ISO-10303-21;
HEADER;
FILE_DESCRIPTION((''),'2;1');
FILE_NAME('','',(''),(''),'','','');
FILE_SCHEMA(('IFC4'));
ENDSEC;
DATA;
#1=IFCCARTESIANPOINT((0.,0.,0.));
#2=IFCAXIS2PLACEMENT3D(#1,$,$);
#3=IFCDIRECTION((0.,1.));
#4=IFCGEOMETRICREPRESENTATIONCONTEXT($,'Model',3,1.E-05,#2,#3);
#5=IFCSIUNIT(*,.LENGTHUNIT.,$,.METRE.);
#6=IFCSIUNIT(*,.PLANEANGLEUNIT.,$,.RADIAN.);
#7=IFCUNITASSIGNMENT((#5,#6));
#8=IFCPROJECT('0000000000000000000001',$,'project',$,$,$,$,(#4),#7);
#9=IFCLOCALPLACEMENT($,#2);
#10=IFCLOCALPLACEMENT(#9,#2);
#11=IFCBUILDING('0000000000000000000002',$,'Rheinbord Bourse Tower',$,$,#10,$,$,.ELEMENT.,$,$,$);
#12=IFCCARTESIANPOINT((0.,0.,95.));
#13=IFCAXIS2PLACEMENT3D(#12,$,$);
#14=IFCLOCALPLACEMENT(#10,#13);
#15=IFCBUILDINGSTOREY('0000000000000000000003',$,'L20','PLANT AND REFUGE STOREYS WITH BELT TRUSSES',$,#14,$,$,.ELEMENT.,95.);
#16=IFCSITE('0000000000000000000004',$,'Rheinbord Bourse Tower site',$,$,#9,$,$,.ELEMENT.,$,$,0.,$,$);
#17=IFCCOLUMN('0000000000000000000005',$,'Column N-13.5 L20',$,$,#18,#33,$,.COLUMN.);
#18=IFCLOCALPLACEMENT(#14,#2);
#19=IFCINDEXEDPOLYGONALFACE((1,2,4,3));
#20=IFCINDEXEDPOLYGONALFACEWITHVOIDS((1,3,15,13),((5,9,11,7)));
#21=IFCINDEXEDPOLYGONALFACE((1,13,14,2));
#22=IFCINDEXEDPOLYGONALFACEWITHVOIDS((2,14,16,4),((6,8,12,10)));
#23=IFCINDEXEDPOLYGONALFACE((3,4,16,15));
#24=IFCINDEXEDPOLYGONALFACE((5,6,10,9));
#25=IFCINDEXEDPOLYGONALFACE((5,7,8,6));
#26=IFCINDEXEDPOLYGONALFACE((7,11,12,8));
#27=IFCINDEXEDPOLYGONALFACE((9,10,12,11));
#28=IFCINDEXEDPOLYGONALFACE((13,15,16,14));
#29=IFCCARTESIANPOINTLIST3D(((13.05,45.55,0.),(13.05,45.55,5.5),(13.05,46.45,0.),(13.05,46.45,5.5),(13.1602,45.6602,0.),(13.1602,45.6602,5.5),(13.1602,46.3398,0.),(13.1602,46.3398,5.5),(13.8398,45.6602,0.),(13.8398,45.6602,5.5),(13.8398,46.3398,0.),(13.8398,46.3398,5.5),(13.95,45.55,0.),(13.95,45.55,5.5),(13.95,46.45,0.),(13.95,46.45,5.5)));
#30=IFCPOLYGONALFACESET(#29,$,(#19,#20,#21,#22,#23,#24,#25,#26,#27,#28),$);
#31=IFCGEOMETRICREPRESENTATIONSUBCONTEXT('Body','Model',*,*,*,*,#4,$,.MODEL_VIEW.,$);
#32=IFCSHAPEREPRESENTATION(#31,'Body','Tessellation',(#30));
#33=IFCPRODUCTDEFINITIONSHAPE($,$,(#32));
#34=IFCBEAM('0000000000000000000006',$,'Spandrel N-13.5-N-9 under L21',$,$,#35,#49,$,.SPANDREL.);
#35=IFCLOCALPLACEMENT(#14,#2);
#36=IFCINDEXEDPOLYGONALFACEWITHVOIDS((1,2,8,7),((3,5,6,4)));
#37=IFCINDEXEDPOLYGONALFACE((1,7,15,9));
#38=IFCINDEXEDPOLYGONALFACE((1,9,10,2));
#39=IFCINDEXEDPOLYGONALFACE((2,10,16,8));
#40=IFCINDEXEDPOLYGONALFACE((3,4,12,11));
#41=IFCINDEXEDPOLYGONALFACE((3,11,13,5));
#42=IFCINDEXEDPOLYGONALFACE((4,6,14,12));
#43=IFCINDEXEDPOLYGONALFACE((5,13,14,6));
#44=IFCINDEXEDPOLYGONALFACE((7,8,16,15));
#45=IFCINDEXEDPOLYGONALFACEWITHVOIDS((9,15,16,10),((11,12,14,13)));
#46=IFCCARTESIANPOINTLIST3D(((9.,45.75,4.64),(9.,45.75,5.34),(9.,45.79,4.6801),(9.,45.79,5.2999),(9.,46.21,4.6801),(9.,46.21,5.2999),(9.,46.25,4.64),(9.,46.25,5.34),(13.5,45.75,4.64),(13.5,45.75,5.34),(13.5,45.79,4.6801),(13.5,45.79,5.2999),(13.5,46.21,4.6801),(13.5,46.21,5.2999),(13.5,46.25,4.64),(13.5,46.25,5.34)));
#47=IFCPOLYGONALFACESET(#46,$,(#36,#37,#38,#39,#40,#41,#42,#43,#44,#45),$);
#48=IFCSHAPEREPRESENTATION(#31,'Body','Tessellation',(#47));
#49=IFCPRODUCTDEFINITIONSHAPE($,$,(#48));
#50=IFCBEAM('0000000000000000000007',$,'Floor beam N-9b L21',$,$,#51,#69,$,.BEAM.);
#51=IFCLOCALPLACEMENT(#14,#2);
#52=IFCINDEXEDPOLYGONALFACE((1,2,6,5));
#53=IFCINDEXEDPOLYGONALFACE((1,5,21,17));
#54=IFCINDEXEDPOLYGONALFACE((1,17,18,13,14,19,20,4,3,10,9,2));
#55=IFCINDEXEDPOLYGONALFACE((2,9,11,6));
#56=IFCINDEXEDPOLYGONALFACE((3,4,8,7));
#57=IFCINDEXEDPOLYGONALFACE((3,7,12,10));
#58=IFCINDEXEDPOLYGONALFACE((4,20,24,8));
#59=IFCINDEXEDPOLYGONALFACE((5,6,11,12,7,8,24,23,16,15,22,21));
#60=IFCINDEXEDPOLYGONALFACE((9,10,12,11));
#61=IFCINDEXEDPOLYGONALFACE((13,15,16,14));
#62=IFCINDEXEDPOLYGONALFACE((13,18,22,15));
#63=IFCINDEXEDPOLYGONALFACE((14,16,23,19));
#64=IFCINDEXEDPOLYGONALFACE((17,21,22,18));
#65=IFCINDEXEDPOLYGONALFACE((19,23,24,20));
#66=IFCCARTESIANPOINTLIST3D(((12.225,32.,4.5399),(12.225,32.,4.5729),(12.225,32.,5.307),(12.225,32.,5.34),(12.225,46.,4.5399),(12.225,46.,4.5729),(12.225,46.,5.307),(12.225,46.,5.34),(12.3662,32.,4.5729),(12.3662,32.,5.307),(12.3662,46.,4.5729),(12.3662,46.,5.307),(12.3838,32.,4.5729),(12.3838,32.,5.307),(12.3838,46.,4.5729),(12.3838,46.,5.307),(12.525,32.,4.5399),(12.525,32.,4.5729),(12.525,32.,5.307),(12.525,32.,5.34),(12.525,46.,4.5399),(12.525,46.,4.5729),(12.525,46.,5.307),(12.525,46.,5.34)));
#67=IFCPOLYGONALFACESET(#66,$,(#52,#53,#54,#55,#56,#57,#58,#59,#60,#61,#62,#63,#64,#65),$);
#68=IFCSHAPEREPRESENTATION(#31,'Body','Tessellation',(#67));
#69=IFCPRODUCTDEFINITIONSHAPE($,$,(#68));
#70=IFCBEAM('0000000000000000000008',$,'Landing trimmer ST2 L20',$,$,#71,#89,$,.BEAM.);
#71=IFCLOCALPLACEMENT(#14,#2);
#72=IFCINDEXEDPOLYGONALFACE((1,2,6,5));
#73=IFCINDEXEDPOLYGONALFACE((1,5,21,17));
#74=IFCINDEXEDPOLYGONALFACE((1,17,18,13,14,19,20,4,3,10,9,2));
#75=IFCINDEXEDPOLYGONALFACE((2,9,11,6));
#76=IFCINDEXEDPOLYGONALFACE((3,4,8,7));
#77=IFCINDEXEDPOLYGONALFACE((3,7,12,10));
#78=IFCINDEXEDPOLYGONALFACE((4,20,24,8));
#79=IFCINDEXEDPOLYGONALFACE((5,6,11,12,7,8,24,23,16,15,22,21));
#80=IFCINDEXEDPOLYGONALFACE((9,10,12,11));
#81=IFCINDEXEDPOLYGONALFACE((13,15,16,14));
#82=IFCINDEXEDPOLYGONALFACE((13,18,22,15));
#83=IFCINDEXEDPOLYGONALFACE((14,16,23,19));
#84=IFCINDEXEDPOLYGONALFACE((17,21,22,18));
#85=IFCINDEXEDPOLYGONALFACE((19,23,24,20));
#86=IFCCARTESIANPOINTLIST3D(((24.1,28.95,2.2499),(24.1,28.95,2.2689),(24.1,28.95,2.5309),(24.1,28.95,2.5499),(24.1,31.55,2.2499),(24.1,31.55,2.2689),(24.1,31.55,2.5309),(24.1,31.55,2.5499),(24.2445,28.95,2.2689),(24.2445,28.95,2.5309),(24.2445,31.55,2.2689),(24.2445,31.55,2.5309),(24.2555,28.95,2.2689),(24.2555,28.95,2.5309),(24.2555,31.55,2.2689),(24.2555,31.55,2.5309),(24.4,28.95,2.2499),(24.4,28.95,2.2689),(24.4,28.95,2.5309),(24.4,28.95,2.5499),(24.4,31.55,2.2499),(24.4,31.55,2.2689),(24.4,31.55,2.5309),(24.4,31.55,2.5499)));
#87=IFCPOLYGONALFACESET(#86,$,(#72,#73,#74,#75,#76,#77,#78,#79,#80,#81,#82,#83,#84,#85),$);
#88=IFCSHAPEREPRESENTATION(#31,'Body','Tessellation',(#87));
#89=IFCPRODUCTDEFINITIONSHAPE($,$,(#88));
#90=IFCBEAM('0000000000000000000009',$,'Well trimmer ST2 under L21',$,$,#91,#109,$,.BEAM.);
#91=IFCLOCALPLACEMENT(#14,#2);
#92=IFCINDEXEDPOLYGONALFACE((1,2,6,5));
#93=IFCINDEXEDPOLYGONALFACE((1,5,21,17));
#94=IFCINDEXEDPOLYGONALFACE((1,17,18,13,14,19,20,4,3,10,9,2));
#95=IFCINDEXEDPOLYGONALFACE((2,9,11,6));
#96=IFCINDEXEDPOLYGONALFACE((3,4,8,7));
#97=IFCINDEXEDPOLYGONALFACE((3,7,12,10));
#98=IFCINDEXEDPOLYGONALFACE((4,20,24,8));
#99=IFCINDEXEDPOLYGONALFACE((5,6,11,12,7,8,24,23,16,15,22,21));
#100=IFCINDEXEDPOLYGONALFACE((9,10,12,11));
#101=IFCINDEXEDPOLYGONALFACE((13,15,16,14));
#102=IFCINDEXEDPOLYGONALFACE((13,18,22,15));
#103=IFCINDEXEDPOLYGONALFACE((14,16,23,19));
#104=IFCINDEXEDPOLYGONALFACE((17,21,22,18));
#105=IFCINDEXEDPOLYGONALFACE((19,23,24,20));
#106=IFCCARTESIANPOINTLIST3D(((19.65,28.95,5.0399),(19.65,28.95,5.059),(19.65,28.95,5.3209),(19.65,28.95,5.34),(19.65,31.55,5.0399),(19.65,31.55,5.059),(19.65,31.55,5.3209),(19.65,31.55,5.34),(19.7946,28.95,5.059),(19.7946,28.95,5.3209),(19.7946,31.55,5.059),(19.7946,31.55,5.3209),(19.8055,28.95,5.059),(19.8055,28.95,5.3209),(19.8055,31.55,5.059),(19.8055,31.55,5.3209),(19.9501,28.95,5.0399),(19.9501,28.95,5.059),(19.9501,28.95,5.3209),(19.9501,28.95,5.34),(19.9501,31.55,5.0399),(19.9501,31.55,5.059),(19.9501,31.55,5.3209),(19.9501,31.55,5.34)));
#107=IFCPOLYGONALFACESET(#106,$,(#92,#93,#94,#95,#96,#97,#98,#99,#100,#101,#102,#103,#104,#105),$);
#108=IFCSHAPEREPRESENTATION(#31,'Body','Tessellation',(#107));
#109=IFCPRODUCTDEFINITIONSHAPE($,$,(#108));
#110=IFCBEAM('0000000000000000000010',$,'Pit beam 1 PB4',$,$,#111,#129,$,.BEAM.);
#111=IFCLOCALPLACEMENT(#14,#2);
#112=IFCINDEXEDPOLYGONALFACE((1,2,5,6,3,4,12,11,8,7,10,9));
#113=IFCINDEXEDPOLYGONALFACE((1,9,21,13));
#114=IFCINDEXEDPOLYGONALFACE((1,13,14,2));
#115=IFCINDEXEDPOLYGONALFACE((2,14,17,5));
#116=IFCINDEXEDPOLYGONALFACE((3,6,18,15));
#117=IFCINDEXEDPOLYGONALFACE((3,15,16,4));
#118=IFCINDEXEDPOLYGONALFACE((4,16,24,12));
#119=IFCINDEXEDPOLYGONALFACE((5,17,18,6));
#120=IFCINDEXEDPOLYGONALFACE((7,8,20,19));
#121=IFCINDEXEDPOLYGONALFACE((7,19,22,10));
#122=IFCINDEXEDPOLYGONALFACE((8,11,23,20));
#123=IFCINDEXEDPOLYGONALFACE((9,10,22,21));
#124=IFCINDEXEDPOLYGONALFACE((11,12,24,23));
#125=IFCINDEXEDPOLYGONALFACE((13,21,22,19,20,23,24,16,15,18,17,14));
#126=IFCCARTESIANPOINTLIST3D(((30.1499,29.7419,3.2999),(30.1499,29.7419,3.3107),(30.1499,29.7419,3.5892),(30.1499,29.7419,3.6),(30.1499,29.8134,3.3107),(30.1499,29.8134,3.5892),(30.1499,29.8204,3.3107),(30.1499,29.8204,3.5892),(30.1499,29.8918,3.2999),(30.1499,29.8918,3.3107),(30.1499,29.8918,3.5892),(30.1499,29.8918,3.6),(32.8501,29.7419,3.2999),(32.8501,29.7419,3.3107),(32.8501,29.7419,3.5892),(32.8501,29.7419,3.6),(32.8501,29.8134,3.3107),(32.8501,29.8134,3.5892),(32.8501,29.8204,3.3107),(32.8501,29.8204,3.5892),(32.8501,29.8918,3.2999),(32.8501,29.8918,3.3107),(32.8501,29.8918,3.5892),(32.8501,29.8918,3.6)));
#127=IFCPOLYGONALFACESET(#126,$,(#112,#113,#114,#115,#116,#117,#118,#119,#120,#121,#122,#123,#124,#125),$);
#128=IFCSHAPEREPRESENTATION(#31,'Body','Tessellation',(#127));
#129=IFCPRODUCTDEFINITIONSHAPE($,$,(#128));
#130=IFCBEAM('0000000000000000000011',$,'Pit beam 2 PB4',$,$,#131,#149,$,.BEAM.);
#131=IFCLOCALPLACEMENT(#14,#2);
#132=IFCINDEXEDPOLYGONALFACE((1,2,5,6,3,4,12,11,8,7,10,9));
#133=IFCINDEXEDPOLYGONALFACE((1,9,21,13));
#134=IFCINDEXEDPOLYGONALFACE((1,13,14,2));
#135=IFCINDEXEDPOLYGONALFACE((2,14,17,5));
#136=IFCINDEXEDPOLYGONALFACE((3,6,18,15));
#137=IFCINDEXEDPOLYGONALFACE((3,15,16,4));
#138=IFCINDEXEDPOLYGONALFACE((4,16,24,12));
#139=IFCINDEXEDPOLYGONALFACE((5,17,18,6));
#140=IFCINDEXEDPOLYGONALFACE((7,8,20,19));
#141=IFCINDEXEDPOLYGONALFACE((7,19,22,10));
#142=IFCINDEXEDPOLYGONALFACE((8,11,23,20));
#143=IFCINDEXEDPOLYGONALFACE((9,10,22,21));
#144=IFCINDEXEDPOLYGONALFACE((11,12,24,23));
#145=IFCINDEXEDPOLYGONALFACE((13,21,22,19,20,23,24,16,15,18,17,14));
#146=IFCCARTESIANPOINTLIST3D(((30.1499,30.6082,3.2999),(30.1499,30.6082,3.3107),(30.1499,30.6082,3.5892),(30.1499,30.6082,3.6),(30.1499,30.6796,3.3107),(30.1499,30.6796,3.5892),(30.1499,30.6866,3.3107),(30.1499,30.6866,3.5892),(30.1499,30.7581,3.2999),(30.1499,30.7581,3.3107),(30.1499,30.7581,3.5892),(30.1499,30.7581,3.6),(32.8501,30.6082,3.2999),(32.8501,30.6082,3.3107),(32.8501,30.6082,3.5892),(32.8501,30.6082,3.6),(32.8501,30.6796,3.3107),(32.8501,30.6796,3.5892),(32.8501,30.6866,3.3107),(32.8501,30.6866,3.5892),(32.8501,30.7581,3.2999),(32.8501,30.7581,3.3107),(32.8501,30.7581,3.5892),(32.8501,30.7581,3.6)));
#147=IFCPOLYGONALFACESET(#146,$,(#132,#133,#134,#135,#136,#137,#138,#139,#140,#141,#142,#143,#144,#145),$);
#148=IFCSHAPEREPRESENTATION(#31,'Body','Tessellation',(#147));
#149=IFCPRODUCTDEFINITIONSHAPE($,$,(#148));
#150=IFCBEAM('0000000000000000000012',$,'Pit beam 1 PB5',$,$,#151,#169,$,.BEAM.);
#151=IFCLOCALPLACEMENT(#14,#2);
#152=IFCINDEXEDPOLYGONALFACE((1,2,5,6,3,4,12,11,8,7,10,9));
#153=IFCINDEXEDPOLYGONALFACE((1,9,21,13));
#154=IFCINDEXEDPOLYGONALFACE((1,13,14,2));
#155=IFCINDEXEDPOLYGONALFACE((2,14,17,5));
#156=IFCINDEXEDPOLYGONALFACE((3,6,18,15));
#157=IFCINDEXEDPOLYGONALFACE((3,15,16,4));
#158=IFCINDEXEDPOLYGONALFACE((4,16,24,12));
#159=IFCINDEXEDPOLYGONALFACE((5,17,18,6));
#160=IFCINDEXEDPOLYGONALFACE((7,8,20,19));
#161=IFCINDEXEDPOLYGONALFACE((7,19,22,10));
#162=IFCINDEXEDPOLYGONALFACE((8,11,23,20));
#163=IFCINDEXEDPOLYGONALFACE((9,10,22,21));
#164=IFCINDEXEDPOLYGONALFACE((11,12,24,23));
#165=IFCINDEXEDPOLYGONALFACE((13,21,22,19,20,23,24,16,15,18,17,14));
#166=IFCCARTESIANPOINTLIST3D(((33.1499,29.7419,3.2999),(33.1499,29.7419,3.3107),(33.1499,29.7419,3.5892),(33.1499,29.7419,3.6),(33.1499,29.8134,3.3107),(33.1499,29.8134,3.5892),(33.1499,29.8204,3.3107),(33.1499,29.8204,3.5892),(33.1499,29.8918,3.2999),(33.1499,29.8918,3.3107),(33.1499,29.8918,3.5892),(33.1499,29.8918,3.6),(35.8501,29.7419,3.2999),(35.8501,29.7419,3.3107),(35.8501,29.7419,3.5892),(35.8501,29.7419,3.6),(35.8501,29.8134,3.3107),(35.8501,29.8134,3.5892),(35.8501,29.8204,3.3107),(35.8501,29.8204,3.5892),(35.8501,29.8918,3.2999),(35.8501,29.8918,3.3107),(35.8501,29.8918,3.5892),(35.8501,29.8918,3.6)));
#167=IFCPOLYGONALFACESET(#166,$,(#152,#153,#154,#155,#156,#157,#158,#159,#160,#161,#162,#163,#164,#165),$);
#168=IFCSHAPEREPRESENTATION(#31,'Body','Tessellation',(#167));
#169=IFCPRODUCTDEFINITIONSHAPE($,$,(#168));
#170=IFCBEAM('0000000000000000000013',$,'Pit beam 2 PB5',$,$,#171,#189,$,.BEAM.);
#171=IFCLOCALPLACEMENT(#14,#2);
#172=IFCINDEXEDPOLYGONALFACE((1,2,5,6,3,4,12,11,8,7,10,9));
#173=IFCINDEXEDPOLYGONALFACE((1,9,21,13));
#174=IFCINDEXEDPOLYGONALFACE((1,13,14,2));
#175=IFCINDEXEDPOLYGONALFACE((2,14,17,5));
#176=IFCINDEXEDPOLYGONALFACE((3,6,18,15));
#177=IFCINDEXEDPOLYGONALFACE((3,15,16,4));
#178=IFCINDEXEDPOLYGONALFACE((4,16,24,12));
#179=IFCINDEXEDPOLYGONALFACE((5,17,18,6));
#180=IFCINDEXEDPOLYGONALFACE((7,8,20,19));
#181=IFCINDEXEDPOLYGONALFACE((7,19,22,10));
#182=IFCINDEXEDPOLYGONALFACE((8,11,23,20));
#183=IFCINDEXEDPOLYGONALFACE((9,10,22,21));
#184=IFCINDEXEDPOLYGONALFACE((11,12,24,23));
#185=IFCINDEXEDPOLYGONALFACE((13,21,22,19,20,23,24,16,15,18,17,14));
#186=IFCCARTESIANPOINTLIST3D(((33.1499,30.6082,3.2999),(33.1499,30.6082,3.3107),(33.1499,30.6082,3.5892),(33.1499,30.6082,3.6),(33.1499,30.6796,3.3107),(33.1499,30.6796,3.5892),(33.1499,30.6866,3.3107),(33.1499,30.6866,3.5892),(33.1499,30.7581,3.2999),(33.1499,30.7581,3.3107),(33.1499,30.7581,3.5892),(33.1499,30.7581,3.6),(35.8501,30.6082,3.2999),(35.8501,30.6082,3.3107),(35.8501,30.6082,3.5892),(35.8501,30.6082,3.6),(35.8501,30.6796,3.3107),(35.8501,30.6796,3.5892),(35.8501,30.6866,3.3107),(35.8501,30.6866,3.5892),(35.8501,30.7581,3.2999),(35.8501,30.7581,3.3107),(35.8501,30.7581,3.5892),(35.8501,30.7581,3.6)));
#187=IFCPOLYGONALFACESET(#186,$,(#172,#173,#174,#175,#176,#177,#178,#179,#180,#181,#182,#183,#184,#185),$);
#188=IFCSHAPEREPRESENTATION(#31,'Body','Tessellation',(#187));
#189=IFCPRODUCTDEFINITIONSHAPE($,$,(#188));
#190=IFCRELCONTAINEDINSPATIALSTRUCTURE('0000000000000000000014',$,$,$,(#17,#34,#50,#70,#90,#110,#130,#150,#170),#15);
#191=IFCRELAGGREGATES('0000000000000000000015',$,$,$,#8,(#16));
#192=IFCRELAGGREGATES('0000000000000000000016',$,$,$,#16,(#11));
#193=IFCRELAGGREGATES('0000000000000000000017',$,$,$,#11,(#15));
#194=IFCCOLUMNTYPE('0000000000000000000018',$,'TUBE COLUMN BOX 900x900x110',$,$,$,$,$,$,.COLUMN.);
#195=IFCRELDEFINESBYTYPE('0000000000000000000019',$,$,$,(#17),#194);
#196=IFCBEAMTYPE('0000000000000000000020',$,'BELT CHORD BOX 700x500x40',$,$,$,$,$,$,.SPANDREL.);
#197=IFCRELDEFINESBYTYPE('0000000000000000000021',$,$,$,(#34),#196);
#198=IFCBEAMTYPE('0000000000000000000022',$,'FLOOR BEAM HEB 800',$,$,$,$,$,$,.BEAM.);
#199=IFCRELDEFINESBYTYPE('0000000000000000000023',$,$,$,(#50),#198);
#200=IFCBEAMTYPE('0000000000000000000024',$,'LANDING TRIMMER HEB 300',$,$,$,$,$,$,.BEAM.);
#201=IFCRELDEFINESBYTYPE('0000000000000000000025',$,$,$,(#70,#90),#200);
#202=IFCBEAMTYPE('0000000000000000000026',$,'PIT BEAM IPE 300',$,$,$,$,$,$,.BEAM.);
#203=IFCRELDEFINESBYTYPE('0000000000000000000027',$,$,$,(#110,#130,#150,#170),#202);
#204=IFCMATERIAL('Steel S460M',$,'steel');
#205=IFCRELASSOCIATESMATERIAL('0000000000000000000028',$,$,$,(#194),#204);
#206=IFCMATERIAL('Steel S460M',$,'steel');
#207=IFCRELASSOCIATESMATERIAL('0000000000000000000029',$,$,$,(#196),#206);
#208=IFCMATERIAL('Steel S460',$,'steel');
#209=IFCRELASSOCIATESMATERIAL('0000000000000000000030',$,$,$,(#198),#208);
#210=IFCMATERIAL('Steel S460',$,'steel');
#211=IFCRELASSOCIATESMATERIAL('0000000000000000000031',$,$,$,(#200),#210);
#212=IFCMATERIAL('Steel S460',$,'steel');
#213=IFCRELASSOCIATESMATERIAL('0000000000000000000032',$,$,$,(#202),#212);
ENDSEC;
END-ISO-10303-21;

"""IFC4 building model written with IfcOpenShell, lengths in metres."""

from ifc_helpers import new_model, si_unit, direction, frame, origin, origin_2d, place, context, subcontext, project, spatial, hollow_rectangle, i_section, extrude, material, material_profile, profile_set, type_object, element, save


model = new_model("IFC4")

# Units and contexts
model_context = context("Model", 3, precision=1e-05, world=origin(), true_north=direction((0.0, 1.0)))
body_context = subcontext(model_context, "Body", "Model", "MODEL_VIEW")
ifc_project = project(units=[si_unit("LENGTHUNIT", "METRE"), si_unit("PLANEANGLEUNIT", "RADIAN")], contexts=[model_context])

# Site, building, storey
site_placement = place(None, origin())
site = spatial("IfcSite", under=ifc_project, at=site_placement, Name="Rheinbord Bourse Tower site", CompositionType="ELEMENT", RefElevation=0.0)
building_placement = place(site_placement, origin())
building = spatial("IfcBuilding", under=site, at=building_placement, Name="Rheinbord Bourse Tower", CompositionType="ELEMENT")
storey_placement = place(building_placement, frame((0.0, 0.0, 95.0)))
storey = spatial("IfcBuildingStorey", under=building, at=storey_placement, Name="L20", Description="PLANT AND REFUGE STOREYS WITH BELT TRUSSES", CompositionType="ELEMENT", Elevation=95.0)

# Column
ifc_material_1 = material(Name="Steel S460M", Category="steel")
ifc_material_profile_1 = material_profile(ifc_material_1, hollow_rectangle(XDim=0.8999, YDim=0.8999, WallThickness=0.1101, at=origin_2d()), Name="BOX 900x900x110")
ifc_profile_set_1 = profile_set([ifc_material_profile_1], Name="Steel S460M")
column_type = type_object("IfcColumnType", Name="TUBE COLUMN BOX 900x900x110", PredefinedType="COLUMN", material=ifc_profile_set_1)
column_placement = place(storey_placement, frame((13.5, 46.0, 0.0), z_axis=(0.0, 0.0, 1.0), x_axis=(0.0, 1.0, 0.0)))
element("IfcColumn", 1, at=column_placement, inside=storey, type_object=column_type, Name="Column N-13.5 L20", PredefinedType="COLUMN", context=body_context, shape_type="SweptSolid", body=[
    extrude(hollow_rectangle(XDim=0.8999, YDim=0.8999, WallThickness=0.1101, at=origin_2d()), origin(), (0.0, 0.0, 1.0), 5.5),
])

# Beams
ifc_material_2 = material(Name="Steel S460M", Category="steel")
ifc_material_profile_2 = material_profile(ifc_material_2, hollow_rectangle(XDim=0.5, YDim=0.7, WallThickness=0.04, at=origin_2d()), Name="BOX 700x500x40")
ifc_profile_set_2 = profile_set([ifc_material_profile_2], Name="Steel S460M")
beam_type_1 = type_object("IfcBeamType", Name="BELT CHORD BOX 700x500x40", PredefinedType="SPANDREL", material=ifc_profile_set_2)
beam_1_placement = place(storey_placement, frame((13.5, 46.0, 4.99), z_axis=(-1.0, 0.0, 0.0), x_axis=(0.0, -1.0, 0.0)))
element("IfcBeam", 2, at=beam_1_placement, inside=storey, type_object=beam_type_1, Name="Spandrel N-13.5-N-9 under L21", PredefinedType="SPANDREL", context=body_context, shape_type="SweptSolid", body=[
    extrude(hollow_rectangle(XDim=0.5, YDim=0.7, WallThickness=0.04, at=origin_2d()), origin(), (0.0, 0.0, 1.0), 4.5),
])
ifc_material_3 = material(Name="Steel S460", Category="steel")
ifc_material_profile_3 = material_profile(ifc_material_3, i_section(OverallWidth=0.3, OverallDepth=0.8, WebThickness=0.0176, FlangeThickness=0.033, at=origin_2d()), Name="HEB 800")
ifc_profile_set_3 = profile_set([ifc_material_profile_3], Name="Steel S460")
beam_type_2 = type_object("IfcBeamType", Name="FLOOR BEAM HEB 800", PredefinedType="BEAM", material=ifc_profile_set_3)
beam_2_placement = place(storey_placement, frame((12.375, 46.0, 4.9399), z_axis=(0.0, -1.0, 0.0), x_axis=(1.0, 0.0, 0.0)))
element("IfcBeam", 3, at=beam_2_placement, inside=storey, type_object=beam_type_2, Name="Floor beam N-9b L21", PredefinedType="BEAM", context=body_context, shape_type="SweptSolid", body=[
    extrude(i_section(OverallWidth=0.3, OverallDepth=0.8, WebThickness=0.0176, FlangeThickness=0.033, at=origin_2d()), origin(), (0.0, 0.0, 1.0), 14.0),
])
ifc_material_4 = material(Name="Steel S460", Category="steel")
ifc_material_profile_4 = material_profile(ifc_material_4, i_section(OverallWidth=0.3, OverallDepth=0.3, WebThickness=0.011, FlangeThickness=0.019, at=origin_2d()), Name="HEB 300")
ifc_profile_set_4 = profile_set([ifc_material_profile_4], Name="Steel S460")
beam_type_3 = type_object("IfcBeamType", Name="LANDING TRIMMER HEB 300", PredefinedType="BEAM", material=ifc_profile_set_4)
for number, where, z_axis, x_axis, name in (
    (4, (24.25, 28.95, 2.3999), (0.0, 1.0, 0.0), (-1.0, 0.0, 0.0), "Landing trimmer ST2 L20"),
    (5, (19.8, 28.95, 5.1899), (0.0, 1.0, 0.0), (-1.0, 0.0, 0.0), "Well trimmer ST2 under L21"),
):
    element("IfcBeam", number, at=place(storey_placement, frame(where, z_axis=z_axis, x_axis=x_axis)), inside=storey, type_object=beam_type_3, Name=name, PredefinedType="BEAM", context=body_context, shape_type="SweptSolid", body=[
        extrude(i_section(OverallWidth=0.3, OverallDepth=0.3, WebThickness=0.011, FlangeThickness=0.019, at=origin_2d()), origin(), (0.0, 0.0, 1.0), 2.6001),
    ])
ifc_material_5 = material(Name="Steel S460", Category="steel")
ifc_material_profile_5 = material_profile(ifc_material_5, i_section(OverallWidth=0.1499, OverallDepth=0.3, WebThickness=0.0071, FlangeThickness=0.0107, at=origin_2d()), Name="IPE 300")
ifc_profile_set_5 = profile_set([ifc_material_profile_5], Name="Steel S460")
beam_type_4 = type_object("IfcBeamType", Name="PIT BEAM IPE 300", PredefinedType="BEAM", material=ifc_profile_set_5)
for number, where, z_axis, x_axis, name in (
    (6, (30.1499, 29.8169, 3.45), (1.0, 0.0, 0.0), (0.0, 1.0, 0.0), "Pit beam 1 PB4"),
    (7, (30.1499, 30.6831, 3.45), (1.0, 0.0, 0.0), (0.0, 1.0, 0.0), "Pit beam 2 PB4"),
    (8, (33.1499, 29.8169, 3.45), (1.0, 0.0, 0.0), (0.0, 1.0, 0.0), "Pit beam 1 PB5"),
    (9, (33.1499, 30.6831, 3.45), (1.0, 0.0, 0.0), (0.0, 1.0, 0.0), "Pit beam 2 PB5"),
):
    element("IfcBeam", number, at=place(storey_placement, frame(where, z_axis=z_axis, x_axis=x_axis)), inside=storey, type_object=beam_type_4, Name=name, PredefinedType="BEAM", context=body_context, shape_type="SweptSolid", body=[
        extrude(i_section(OverallWidth=0.1499, OverallDepth=0.3, WebThickness=0.0071, FlangeThickness=0.0107, at=origin_2d()), origin(), (0.0, 0.0, 1.0), 2.7002),
    ])

save(model, "model.ifc")
